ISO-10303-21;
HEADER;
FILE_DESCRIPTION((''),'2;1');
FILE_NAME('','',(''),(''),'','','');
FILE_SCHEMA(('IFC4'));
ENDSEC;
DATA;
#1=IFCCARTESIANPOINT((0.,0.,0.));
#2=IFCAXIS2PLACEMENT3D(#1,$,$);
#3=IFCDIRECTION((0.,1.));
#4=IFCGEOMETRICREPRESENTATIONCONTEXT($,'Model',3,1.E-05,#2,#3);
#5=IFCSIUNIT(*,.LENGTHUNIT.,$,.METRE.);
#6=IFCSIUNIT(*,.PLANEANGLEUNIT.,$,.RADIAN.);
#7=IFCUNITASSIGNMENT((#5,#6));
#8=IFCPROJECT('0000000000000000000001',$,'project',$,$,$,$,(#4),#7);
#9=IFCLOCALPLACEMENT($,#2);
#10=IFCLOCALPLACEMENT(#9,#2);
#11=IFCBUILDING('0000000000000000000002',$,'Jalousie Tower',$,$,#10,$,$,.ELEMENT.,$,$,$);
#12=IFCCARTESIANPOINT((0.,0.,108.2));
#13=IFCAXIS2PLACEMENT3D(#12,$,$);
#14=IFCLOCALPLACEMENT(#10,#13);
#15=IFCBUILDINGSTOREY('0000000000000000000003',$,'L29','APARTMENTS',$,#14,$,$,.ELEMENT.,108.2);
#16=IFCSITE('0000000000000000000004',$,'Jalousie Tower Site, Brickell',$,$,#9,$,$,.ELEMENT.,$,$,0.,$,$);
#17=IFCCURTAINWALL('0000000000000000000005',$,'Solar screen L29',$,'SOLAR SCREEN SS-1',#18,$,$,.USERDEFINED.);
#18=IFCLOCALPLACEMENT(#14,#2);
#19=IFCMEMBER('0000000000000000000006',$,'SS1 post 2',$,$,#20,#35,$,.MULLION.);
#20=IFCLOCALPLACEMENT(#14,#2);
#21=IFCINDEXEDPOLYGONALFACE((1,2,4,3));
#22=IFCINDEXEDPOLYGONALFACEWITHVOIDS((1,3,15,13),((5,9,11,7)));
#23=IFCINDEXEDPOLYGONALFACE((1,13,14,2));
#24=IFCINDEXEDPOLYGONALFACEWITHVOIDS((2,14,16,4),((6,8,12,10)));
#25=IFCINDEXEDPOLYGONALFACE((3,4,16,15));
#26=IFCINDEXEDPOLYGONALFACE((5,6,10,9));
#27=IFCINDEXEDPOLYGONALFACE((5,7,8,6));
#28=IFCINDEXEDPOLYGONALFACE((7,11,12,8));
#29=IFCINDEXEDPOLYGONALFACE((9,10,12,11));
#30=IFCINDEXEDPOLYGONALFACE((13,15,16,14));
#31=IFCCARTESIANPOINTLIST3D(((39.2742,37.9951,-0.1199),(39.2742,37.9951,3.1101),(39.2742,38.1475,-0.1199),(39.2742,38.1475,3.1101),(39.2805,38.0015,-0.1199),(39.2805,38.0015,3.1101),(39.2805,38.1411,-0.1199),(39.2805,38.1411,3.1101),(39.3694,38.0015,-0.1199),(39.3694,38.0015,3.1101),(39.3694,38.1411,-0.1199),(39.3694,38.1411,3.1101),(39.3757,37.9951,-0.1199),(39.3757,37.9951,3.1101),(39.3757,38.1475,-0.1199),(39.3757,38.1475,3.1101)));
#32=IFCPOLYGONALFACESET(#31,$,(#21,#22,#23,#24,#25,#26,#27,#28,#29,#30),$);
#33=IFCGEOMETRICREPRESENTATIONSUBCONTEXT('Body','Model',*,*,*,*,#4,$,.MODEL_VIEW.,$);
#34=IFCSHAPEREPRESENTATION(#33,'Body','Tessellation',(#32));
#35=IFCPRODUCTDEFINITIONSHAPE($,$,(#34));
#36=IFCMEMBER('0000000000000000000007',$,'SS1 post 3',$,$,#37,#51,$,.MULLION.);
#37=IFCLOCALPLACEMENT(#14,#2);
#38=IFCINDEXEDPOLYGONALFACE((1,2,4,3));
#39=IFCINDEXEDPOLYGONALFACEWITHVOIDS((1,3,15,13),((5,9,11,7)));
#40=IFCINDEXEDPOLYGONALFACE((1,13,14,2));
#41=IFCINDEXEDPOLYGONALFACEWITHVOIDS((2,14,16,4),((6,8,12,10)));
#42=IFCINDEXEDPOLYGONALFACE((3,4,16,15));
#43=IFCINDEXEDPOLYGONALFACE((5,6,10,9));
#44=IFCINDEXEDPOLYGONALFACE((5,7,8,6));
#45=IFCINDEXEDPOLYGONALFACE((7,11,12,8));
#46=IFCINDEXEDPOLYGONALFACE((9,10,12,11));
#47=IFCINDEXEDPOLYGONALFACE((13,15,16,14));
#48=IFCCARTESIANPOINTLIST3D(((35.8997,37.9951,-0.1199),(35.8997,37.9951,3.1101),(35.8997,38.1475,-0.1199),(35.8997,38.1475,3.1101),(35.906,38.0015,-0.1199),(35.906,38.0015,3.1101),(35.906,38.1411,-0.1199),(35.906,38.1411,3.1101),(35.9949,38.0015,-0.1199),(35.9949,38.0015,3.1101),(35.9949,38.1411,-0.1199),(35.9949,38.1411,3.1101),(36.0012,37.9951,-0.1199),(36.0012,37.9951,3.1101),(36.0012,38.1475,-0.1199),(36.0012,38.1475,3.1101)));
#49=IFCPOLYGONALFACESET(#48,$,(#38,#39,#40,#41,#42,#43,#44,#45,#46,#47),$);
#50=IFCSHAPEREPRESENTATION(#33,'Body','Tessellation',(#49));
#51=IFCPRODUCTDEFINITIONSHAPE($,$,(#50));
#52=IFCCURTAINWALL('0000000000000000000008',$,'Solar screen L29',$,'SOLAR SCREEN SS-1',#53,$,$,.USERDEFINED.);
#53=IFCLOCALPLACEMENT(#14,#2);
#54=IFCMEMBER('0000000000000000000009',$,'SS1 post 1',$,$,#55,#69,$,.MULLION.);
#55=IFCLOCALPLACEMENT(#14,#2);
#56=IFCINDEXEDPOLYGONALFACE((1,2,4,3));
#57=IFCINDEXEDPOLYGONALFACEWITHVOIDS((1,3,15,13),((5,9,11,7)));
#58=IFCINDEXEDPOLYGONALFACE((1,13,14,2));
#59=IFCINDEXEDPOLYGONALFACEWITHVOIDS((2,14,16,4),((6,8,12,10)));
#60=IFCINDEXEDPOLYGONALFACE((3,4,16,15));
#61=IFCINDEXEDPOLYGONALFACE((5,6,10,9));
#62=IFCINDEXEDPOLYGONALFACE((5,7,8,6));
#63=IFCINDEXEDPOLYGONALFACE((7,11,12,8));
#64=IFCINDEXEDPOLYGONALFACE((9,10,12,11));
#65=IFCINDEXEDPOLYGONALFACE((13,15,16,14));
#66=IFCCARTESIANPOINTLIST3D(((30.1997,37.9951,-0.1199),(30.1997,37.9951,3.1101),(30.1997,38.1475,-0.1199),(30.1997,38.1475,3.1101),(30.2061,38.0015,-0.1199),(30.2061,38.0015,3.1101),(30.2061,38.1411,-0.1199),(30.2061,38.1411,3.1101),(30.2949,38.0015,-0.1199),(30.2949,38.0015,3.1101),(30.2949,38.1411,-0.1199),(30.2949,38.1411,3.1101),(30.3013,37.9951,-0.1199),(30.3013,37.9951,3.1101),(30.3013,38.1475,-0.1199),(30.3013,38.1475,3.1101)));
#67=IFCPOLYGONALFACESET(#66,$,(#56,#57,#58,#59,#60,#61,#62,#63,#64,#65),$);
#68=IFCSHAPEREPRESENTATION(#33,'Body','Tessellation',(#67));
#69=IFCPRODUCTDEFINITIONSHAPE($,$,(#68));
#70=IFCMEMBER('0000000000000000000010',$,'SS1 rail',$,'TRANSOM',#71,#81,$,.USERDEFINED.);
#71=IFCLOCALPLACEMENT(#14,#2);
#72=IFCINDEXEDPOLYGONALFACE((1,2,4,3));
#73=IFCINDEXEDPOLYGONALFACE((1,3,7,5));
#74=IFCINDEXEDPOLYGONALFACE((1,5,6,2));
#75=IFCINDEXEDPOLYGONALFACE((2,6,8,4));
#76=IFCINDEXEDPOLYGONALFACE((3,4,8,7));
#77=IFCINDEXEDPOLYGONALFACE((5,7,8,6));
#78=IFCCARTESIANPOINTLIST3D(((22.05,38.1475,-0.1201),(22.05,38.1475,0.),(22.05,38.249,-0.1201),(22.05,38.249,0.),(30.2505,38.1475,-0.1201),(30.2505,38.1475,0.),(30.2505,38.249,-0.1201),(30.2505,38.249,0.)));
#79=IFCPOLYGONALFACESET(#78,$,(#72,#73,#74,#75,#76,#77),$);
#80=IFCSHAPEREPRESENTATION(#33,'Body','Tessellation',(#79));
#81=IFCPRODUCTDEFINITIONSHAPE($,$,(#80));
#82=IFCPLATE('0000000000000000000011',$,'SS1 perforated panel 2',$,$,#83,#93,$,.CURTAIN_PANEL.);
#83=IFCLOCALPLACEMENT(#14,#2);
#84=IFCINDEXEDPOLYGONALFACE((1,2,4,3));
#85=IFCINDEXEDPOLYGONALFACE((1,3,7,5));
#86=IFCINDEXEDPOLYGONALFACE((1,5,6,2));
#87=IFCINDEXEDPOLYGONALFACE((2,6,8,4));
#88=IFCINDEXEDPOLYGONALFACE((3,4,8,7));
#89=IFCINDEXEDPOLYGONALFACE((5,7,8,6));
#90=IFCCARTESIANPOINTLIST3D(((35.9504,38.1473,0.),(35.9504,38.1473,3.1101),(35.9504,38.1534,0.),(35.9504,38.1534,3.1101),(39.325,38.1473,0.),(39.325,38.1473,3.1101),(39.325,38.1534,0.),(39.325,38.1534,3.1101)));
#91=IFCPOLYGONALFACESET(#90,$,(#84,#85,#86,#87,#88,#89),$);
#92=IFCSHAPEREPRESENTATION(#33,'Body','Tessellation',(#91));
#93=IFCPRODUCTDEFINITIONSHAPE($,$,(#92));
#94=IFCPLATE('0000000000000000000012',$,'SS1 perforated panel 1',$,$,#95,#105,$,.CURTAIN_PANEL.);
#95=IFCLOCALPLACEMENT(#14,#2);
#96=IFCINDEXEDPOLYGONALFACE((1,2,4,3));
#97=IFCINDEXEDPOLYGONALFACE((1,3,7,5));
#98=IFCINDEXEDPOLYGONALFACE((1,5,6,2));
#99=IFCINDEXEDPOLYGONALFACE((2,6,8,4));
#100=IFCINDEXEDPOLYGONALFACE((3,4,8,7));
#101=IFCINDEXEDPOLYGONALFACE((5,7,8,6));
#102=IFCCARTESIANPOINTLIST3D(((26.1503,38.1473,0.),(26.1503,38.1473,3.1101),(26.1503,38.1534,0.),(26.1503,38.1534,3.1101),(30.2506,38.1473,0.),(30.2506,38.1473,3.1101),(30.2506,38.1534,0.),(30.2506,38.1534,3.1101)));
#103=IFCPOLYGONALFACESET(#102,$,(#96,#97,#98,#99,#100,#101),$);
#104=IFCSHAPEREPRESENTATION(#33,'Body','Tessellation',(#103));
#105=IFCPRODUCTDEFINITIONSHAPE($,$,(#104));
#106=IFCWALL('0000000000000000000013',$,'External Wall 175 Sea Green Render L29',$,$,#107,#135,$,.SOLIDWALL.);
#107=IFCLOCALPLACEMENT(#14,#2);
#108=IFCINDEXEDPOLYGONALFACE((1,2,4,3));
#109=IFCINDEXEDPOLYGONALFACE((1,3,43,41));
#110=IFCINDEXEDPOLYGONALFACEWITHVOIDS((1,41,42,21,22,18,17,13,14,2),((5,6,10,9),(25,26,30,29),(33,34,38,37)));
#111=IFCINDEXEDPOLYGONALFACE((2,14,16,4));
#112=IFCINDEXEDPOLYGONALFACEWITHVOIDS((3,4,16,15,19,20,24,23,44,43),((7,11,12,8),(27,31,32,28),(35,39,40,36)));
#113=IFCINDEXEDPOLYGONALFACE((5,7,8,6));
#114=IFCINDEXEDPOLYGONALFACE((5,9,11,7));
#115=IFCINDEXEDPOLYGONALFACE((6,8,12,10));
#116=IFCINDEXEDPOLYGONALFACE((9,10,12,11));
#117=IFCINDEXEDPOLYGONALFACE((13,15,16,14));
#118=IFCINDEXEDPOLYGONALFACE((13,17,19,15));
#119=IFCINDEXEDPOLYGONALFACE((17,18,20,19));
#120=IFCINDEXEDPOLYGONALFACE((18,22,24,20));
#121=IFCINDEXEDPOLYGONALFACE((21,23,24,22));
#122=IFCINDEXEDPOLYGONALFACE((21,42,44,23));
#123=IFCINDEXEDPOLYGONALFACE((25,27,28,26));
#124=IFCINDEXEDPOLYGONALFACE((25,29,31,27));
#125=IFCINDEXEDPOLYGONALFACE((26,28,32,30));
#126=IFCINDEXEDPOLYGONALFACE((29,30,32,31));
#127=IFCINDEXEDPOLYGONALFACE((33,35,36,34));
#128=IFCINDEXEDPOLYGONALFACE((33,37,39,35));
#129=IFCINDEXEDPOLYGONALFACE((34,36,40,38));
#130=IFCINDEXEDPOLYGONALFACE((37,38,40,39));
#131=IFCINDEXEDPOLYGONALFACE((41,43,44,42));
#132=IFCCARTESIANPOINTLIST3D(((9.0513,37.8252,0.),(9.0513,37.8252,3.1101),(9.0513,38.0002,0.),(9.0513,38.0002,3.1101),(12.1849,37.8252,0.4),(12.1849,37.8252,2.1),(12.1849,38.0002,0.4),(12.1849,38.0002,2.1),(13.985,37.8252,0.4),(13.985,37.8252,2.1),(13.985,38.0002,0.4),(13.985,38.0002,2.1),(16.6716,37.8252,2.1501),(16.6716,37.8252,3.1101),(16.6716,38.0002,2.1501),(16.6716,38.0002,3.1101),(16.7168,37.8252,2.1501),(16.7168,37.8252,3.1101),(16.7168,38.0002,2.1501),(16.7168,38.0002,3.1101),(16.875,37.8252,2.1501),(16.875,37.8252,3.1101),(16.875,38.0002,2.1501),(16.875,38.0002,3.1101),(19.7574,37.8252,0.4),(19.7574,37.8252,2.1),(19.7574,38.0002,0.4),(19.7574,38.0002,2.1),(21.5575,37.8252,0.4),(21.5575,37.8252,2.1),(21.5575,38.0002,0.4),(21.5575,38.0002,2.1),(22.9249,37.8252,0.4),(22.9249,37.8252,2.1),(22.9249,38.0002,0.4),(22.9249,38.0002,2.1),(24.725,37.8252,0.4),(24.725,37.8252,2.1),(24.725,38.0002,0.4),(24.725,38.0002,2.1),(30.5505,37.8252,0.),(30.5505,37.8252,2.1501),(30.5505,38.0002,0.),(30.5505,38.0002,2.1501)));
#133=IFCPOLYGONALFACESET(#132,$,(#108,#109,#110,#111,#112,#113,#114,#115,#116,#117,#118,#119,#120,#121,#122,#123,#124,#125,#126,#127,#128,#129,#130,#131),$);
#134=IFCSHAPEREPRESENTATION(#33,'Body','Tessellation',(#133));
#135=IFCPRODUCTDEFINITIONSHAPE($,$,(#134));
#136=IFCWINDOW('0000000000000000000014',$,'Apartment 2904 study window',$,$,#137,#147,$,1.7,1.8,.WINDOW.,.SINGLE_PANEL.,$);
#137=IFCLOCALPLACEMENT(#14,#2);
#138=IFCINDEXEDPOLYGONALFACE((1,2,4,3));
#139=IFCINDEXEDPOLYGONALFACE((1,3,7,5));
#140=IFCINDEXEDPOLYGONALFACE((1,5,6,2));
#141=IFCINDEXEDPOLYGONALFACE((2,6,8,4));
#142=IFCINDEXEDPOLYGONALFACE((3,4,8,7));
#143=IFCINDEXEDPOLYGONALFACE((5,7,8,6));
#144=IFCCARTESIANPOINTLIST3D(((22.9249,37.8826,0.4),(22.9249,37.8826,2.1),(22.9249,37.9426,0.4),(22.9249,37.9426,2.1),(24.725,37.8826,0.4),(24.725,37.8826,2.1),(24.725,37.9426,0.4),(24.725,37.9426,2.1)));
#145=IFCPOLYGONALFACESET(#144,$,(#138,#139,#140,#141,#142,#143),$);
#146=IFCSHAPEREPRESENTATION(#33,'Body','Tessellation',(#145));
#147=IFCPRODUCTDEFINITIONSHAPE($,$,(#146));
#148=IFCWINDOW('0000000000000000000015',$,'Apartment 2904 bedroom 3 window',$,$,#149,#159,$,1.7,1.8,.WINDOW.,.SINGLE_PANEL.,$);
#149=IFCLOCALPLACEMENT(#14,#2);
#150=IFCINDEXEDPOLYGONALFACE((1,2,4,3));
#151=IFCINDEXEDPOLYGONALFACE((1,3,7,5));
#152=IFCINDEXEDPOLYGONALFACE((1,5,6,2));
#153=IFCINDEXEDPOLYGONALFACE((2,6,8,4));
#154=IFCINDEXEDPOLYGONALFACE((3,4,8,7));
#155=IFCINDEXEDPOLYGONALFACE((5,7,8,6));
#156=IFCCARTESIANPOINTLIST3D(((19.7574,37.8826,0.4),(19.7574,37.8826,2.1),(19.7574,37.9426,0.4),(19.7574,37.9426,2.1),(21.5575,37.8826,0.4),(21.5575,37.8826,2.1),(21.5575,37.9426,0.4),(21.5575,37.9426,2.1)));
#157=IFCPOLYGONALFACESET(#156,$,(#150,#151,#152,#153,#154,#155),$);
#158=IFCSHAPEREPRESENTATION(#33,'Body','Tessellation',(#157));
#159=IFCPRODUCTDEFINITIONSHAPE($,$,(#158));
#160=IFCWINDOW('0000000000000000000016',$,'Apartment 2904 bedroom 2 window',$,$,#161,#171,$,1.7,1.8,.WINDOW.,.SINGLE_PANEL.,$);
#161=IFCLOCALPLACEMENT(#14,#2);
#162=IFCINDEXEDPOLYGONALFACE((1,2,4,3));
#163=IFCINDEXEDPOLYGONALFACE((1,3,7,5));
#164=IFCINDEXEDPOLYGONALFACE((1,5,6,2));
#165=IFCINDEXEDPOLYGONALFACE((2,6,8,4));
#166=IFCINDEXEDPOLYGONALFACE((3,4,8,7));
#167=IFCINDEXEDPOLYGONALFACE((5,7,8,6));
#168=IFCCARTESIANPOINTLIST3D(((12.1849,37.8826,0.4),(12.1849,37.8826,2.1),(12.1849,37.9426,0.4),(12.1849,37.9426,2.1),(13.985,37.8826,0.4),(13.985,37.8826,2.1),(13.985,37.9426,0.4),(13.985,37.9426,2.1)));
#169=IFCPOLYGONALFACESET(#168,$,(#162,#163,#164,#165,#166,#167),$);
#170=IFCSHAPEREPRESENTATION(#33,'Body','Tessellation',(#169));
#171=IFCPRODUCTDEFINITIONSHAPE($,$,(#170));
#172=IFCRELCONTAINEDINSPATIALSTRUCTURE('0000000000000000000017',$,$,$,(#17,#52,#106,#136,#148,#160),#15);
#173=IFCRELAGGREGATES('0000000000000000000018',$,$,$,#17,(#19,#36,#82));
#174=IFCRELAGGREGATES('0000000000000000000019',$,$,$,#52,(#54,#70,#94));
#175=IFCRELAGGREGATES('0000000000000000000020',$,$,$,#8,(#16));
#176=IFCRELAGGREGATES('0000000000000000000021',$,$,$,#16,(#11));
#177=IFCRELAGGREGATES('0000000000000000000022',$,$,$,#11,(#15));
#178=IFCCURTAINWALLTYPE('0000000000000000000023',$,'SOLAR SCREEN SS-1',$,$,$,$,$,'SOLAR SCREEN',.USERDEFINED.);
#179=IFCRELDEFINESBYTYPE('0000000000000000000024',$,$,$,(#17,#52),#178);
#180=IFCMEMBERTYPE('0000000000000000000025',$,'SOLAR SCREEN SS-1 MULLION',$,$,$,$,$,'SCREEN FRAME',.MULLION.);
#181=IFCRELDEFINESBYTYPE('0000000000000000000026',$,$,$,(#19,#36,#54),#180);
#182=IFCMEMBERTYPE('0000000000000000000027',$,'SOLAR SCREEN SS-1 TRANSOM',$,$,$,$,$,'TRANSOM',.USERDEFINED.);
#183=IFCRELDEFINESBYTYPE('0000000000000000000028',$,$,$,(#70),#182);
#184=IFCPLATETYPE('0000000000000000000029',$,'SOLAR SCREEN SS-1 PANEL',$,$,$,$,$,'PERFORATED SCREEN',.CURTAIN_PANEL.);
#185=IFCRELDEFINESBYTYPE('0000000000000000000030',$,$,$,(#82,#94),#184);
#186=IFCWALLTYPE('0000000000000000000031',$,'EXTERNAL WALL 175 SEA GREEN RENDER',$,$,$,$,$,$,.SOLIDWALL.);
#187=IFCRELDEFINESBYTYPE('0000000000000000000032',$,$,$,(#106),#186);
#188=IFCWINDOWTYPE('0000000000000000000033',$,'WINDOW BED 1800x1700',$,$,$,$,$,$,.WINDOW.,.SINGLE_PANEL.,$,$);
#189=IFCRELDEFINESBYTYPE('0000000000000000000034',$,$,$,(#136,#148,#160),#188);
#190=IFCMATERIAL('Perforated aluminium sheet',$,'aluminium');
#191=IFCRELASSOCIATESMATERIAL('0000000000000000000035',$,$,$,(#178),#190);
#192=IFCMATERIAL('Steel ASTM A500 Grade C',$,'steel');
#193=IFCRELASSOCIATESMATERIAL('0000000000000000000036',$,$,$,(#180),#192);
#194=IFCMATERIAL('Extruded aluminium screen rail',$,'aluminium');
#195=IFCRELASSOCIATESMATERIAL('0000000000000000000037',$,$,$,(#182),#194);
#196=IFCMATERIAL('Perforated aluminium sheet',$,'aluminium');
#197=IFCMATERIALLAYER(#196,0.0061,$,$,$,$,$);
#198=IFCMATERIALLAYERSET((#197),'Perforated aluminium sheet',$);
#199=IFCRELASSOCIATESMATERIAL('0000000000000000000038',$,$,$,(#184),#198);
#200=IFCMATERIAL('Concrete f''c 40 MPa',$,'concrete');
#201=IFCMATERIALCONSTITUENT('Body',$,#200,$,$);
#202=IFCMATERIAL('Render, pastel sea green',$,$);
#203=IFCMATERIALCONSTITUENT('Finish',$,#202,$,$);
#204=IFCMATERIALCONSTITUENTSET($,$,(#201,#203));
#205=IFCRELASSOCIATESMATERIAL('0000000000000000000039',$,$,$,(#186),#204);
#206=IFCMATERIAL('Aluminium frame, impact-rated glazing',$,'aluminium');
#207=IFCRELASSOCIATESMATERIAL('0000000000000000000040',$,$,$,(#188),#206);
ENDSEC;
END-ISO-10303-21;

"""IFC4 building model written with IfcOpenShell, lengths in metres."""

from ifc_helpers import new_model, si_unit, direction, frame, frame_2d, origin, origin_2d, place, context, subcontext, project, spatial, polyline, rectangle, hollow_rectangle, outline, extrude, material, layer, layer_set, constituent, constituent_set, material_profile, profile_set, type_object, element, fill, aggregate, save


model = new_model("IFC4")

# Units and contexts
model_context = context("Model", 3, precision=1e-05, world=origin(), true_north=direction((0.0, 1.0)))
body_context = subcontext(model_context, "Body", "Model", "MODEL_VIEW")
ifc_project = project(units=[si_unit("LENGTHUNIT", "METRE"), si_unit("PLANEANGLEUNIT", "RADIAN")], contexts=[model_context])

# Site, building, storey
site_placement = place(None, origin())
site = spatial("IfcSite", under=ifc_project, at=site_placement, Name="Jalousie Tower Site, Brickell", CompositionType="ELEMENT", RefElevation=0.0)
building_placement = place(site_placement, origin())
building = spatial("IfcBuilding", under=site, at=building_placement, Name="Jalousie Tower", CompositionType="ELEMENT")
storey_placement = place(building_placement, frame((0.0, 0.0, 108.2)))
storey = spatial("IfcBuildingStorey", under=building, at=storey_placement, Name="L29", Description="APARTMENTS", CompositionType="ELEMENT", Elevation=108.2)

# Curtain walls, members
ifc_material_1 = material(Name="Perforated aluminium sheet", Category="aluminium")
curtain_wall_type = type_object("IfcCurtainWallType", Name="SOLAR SCREEN SS-1", ElementType="SOLAR SCREEN", PredefinedType="USERDEFINED", material=ifc_material_1)
curtain_wall_1_placement = place(storey_placement, origin())
curtain_wall_1 = element("IfcCurtainWall", 1, at=curtain_wall_1_placement, inside=storey, type_object=curtain_wall_type, Name="Solar screen L29", ObjectType="SOLAR SCREEN SS-1", PredefinedType="USERDEFINED")
ifc_material_2 = material(Name="Steel ASTM A500 Grade C", Category="steel")
ifc_material_profile_1 = material_profile(ifc_material_2, hollow_rectangle(XDim=0.1016, YDim=0.1523, WallThickness=0.0063, at=origin_2d()), Name="HSS6X4X1/4")
ifc_profile_set_1 = profile_set([ifc_material_profile_1], Name="Steel ASTM A500 Grade C")
member_type_1 = type_object("IfcMemberType", Name="SOLAR SCREEN SS-1 MULLION", ElementType="SCREEN FRAME", PredefinedType="MULLION", material=ifc_profile_set_1)
member_1_placement = place(storey_placement, frame((39.325, 38.0713, -0.1199), z_axis=(0.0, 0.0, 1.0), x_axis=(-1.0, 0.0, 0.0)))
member_1 = element("IfcMember", 2, at=member_1_placement, type_object=member_type_1, Name="SS1 post 2", PredefinedType="MULLION", context=body_context, shape_type="SweptSolid", body=[
    extrude(hollow_rectangle(XDim=0.1016, YDim=0.1523, WallThickness=0.0063, at=origin_2d()), origin(), (0.0, 0.0, 1.0), 3.23),
])
member_2_placement = place(storey_placement, frame((35.9504, 38.0713, -0.1199), z_axis=(0.0, 0.0, 1.0), x_axis=(-1.0, 0.0, 0.0)))
member_2 = element("IfcMember", 3, at=member_2_placement, type_object=member_type_1, Name="SS1 post 3", PredefinedType="MULLION", context=body_context, shape_type="SweptSolid", body=[
    extrude(hollow_rectangle(XDim=0.1016, YDim=0.1523, WallThickness=0.0063, at=origin_2d()), origin(), (0.0, 0.0, 1.0), 3.23),
])
curtain_wall_2_placement = place(storey_placement, origin())
curtain_wall_2 = element("IfcCurtainWall", 4, at=curtain_wall_2_placement, inside=storey, type_object=curtain_wall_type, Name="Solar screen L29", ObjectType="SOLAR SCREEN SS-1", PredefinedType="USERDEFINED")
member_3_placement = place(storey_placement, frame((30.2505, 38.0713, -0.1199), z_axis=(0.0, 0.0, 1.0), x_axis=(-1.0, 0.0, 0.0)))
member_3 = element("IfcMember", 5, at=member_3_placement, type_object=member_type_1, Name="SS1 post 1", PredefinedType="MULLION", context=body_context, shape_type="SweptSolid", body=[
    extrude(hollow_rectangle(XDim=0.1016, YDim=0.1523, WallThickness=0.0063, at=origin_2d()), origin(), (0.0, 0.0, 1.0), 3.23),
])
ifc_material_3 = material(Name="Extruded aluminium screen rail", Category="aluminium")
ifc_material_profile_2 = material_profile(ifc_material_3, rectangle(XDim=0.1016, YDim=0.1201, at=origin_2d()), Name="RAIL 102x120")
ifc_profile_set_2 = profile_set([ifc_material_profile_2], Name="Extruded aluminium screen rail")
member_type_2 = type_object("IfcMemberType", Name="SOLAR SCREEN SS-1 TRANSOM", ElementType="TRANSOM", PredefinedType="USERDEFINED", material=ifc_profile_set_2)
member_4_placement = place(storey_placement, frame((30.2505, 38.1982, -0.0601), z_axis=(-1.0, 0.0, 0.0), x_axis=(0.0, -1.0, 0.0)))
member_4 = element("IfcMember", 6, at=member_4_placement, type_object=member_type_2, Name="SS1 rail", ObjectType="TRANSOM", PredefinedType="USERDEFINED", context=body_context, shape_type="SweptSolid", body=[
    extrude(rectangle(XDim=0.1016, YDim=0.1201, at=origin_2d()), origin(), (0.0, 0.0, 1.0), 8.2004),
])

# Plates
ifc_material_4 = material(Name="Perforated aluminium sheet", Category="aluminium")
ifc_layer_1 = layer(ifc_material_4, 0.0061)
ifc_layer_set_1 = layer_set([ifc_layer_1], Name="Perforated aluminium sheet")
plate_type = type_object("IfcPlateType", Name="SOLAR SCREEN SS-1 PANEL", ElementType="PERFORATED SCREEN", PredefinedType="CURTAIN_PANEL", material=ifc_layer_set_1)
plate_1_placement = place(storey_placement, frame((37.6377, 38.1504, 0.0), z_axis=(0.0, 0.0, 1.0), x_axis=(-1.0, 0.0, 0.0)))
plate_1 = element("IfcPlate", 7, at=plate_1_placement, type_object=plate_type, Name="SS1 perforated panel 2", PredefinedType="CURTAIN_PANEL", context=body_context, shape_type="SweptSolid", body=[
    extrude(rectangle(XDim=3.3745, YDim=0.0061, at=origin_2d()), origin(), (0.0, 0.0, 1.0), 3.1101),
])
aggregate(curtain_wall_1, [member_1, member_2, plate_1])
plate_2_placement = place(storey_placement, frame((28.2004, 38.1504, 0.0), z_axis=(0.0, 0.0, 1.0), x_axis=(-1.0, 0.0, 0.0)))
plate_2 = element("IfcPlate", 8, at=plate_2_placement, type_object=plate_type, Name="SS1 perforated panel 1", PredefinedType="CURTAIN_PANEL", context=body_context, shape_type="SweptSolid", body=[
    extrude(rectangle(XDim=4.1003, YDim=0.0061, at=origin_2d()), origin(), (0.0, 0.0, 1.0), 3.1101),
])
aggregate(curtain_wall_2, [member_3, member_4, plate_2])

# Wall, openings, windows
ifc_material_5 = material(Name="Concrete f'c 40 MPa", Category="concrete")
ifc_constituent_1 = constituent(ifc_material_5, Name="Body")
ifc_material_6 = material(Name="Render, pastel sea green")
ifc_constituent_2 = constituent(ifc_material_6, Name="Finish")
ifc_constituent_set_1 = constituent_set(constituents=[ifc_constituent_1, ifc_constituent_2])
wall_type_1 = type_object("IfcWallType", Name="EXTERNAL WALL 175 SEA GREEN RENDER", PredefinedType="SOLIDWALL", material=ifc_constituent_set_1)
wall_1_placement = place(storey_placement, frame((30.5505, 37.9126, 0.0), z_axis=(0.0, 0.0, 1.0), x_axis=(-1.0, 0.0, 0.0)))
wall_1 = element("IfcWall", 9, at=wall_1_placement, inside=storey, type_object=wall_type_1, Name="External Wall 175 Sea Green Render L29", PredefinedType="SOLIDWALL", context=body_context, shape_type="SweptSolid", body=[
    extrude(outline(polyline([(0.0, 0.0), (21.4993, 0.0), (21.4993, 3.1101), (13.8789, 3.1101), (13.8789, 2.1501), (13.8337, 2.1501), (13.8337, 3.1101), (13.6755, 3.1101), (13.6755, 2.1501), (0.0, 2.1501), (0.0, 0.0)])), frame((0.0, 0.0874, 0.0), z_axis=(0.0, -1.0, 0.0), x_axis=(1.0, 0.0, 0.0)), (0.0, 0.0, 1.0), 0.175),
])
opening_1_placement = place(wall_1_placement, frame((5.8257, 0.0, 0.3999)))
opening_1 = element("IfcOpeningElement", 10, at=opening_1_placement, cuts=wall_1, PredefinedType="OPENING", context=body_context, shape_type="SweptSolid", body=[
    extrude(rectangle(XDim=1.8, YDim=1.7, at=frame_2d((0.8999, 0.8501))), frame((0.0, 0.0974, 0.0), z_axis=(0.0, -1.0, 0.0), x_axis=(1.0, 0.0, 0.0)), (0.0, 0.0, 1.0), 0.1951),
])
opening_2_placement = place(wall_1_placement, frame((8.9932, 0.0, 0.3999)))
opening_2 = element("IfcOpeningElement", 11, at=opening_2_placement, cuts=wall_1, PredefinedType="OPENING", context=body_context, shape_type="SweptSolid", body=[
    extrude(rectangle(XDim=1.8, YDim=1.7, at=frame_2d((0.8999, 0.8501))), frame((0.0, 0.0974, 0.0), z_axis=(0.0, -1.0, 0.0), x_axis=(1.0, 0.0, 0.0)), (0.0, 0.0, 1.0), 0.1951),
])
opening_3_placement = place(wall_1_placement, frame((16.5657, 0.0, 0.3999)))
opening_3 = element("IfcOpeningElement", 12, at=opening_3_placement, cuts=wall_1, PredefinedType="OPENING", context=body_context, shape_type="SweptSolid", body=[
    extrude(rectangle(XDim=1.8, YDim=1.7, at=frame_2d((0.8999, 0.8501))), frame((0.0, 0.0974, 0.0), z_axis=(0.0, -1.0, 0.0), x_axis=(1.0, 0.0, 0.0)), (0.0, 0.0, 1.0), 0.1951),
])
ifc_material_7 = material(Name="Aluminium frame, impact-rated glazing", Category="aluminium")
window_type = type_object("IfcWindowType", Name="WINDOW BED 1800x1700", PartitioningType="SINGLE_PANEL", PredefinedType="WINDOW", material=ifc_material_7)
window_1_placement = place(opening_1_placement, origin())
window_1 = element("IfcWindow", 13, at=window_1_placement, inside=storey, type_object=window_type, Name="Apartment 2904 study window", OverallHeight=1.7, OverallWidth=1.8, PartitioningType="SINGLE_PANEL", PredefinedType="WINDOW", context=body_context, shape_type="SweptSolid", body=[
    extrude(rectangle(XDim=1.8, YDim=1.7, at=frame_2d((0.8999, 0.8501))), frame((0.0, 0.03, 0.0), z_axis=(0.0, -1.0, 0.0), x_axis=(1.0, 0.0, 0.0)), (0.0, 0.0, 1.0), 0.0601),
])
fill(opening_1, window_1)
window_2_placement = place(opening_2_placement, origin())
window_2 = element("IfcWindow", 14, at=window_2_placement, inside=storey, type_object=window_type, Name="Apartment 2904 bedroom 3 window", OverallHeight=1.7, OverallWidth=1.8, PartitioningType="SINGLE_PANEL", PredefinedType="WINDOW", context=body_context, shape_type="SweptSolid", body=[
    extrude(rectangle(XDim=1.8, YDim=1.7, at=frame_2d((0.8999, 0.8501))), frame((0.0, 0.03, 0.0), z_axis=(0.0, -1.0, 0.0), x_axis=(1.0, 0.0, 0.0)), (0.0, 0.0, 1.0), 0.0601),
])
fill(opening_2, window_2)
window_3_placement = place(opening_3_placement, origin())
window_3 = element("IfcWindow", 15, at=window_3_placement, inside=storey, type_object=window_type, Name="Apartment 2904 bedroom 2 window", OverallHeight=1.7, OverallWidth=1.8, PartitioningType="SINGLE_PANEL", PredefinedType="WINDOW", context=body_context, shape_type="SweptSolid", body=[
    extrude(rectangle(XDim=1.8, YDim=1.7, at=frame_2d((0.8999, 0.8501))), frame((0.0, 0.03, 0.0), z_axis=(0.0, -1.0, 0.0), x_axis=(1.0, 0.0, 0.0)), (0.0, 0.0, 1.0), 0.0601),
])
fill(opening_3, window_3)

save(model, "model.ifc")
